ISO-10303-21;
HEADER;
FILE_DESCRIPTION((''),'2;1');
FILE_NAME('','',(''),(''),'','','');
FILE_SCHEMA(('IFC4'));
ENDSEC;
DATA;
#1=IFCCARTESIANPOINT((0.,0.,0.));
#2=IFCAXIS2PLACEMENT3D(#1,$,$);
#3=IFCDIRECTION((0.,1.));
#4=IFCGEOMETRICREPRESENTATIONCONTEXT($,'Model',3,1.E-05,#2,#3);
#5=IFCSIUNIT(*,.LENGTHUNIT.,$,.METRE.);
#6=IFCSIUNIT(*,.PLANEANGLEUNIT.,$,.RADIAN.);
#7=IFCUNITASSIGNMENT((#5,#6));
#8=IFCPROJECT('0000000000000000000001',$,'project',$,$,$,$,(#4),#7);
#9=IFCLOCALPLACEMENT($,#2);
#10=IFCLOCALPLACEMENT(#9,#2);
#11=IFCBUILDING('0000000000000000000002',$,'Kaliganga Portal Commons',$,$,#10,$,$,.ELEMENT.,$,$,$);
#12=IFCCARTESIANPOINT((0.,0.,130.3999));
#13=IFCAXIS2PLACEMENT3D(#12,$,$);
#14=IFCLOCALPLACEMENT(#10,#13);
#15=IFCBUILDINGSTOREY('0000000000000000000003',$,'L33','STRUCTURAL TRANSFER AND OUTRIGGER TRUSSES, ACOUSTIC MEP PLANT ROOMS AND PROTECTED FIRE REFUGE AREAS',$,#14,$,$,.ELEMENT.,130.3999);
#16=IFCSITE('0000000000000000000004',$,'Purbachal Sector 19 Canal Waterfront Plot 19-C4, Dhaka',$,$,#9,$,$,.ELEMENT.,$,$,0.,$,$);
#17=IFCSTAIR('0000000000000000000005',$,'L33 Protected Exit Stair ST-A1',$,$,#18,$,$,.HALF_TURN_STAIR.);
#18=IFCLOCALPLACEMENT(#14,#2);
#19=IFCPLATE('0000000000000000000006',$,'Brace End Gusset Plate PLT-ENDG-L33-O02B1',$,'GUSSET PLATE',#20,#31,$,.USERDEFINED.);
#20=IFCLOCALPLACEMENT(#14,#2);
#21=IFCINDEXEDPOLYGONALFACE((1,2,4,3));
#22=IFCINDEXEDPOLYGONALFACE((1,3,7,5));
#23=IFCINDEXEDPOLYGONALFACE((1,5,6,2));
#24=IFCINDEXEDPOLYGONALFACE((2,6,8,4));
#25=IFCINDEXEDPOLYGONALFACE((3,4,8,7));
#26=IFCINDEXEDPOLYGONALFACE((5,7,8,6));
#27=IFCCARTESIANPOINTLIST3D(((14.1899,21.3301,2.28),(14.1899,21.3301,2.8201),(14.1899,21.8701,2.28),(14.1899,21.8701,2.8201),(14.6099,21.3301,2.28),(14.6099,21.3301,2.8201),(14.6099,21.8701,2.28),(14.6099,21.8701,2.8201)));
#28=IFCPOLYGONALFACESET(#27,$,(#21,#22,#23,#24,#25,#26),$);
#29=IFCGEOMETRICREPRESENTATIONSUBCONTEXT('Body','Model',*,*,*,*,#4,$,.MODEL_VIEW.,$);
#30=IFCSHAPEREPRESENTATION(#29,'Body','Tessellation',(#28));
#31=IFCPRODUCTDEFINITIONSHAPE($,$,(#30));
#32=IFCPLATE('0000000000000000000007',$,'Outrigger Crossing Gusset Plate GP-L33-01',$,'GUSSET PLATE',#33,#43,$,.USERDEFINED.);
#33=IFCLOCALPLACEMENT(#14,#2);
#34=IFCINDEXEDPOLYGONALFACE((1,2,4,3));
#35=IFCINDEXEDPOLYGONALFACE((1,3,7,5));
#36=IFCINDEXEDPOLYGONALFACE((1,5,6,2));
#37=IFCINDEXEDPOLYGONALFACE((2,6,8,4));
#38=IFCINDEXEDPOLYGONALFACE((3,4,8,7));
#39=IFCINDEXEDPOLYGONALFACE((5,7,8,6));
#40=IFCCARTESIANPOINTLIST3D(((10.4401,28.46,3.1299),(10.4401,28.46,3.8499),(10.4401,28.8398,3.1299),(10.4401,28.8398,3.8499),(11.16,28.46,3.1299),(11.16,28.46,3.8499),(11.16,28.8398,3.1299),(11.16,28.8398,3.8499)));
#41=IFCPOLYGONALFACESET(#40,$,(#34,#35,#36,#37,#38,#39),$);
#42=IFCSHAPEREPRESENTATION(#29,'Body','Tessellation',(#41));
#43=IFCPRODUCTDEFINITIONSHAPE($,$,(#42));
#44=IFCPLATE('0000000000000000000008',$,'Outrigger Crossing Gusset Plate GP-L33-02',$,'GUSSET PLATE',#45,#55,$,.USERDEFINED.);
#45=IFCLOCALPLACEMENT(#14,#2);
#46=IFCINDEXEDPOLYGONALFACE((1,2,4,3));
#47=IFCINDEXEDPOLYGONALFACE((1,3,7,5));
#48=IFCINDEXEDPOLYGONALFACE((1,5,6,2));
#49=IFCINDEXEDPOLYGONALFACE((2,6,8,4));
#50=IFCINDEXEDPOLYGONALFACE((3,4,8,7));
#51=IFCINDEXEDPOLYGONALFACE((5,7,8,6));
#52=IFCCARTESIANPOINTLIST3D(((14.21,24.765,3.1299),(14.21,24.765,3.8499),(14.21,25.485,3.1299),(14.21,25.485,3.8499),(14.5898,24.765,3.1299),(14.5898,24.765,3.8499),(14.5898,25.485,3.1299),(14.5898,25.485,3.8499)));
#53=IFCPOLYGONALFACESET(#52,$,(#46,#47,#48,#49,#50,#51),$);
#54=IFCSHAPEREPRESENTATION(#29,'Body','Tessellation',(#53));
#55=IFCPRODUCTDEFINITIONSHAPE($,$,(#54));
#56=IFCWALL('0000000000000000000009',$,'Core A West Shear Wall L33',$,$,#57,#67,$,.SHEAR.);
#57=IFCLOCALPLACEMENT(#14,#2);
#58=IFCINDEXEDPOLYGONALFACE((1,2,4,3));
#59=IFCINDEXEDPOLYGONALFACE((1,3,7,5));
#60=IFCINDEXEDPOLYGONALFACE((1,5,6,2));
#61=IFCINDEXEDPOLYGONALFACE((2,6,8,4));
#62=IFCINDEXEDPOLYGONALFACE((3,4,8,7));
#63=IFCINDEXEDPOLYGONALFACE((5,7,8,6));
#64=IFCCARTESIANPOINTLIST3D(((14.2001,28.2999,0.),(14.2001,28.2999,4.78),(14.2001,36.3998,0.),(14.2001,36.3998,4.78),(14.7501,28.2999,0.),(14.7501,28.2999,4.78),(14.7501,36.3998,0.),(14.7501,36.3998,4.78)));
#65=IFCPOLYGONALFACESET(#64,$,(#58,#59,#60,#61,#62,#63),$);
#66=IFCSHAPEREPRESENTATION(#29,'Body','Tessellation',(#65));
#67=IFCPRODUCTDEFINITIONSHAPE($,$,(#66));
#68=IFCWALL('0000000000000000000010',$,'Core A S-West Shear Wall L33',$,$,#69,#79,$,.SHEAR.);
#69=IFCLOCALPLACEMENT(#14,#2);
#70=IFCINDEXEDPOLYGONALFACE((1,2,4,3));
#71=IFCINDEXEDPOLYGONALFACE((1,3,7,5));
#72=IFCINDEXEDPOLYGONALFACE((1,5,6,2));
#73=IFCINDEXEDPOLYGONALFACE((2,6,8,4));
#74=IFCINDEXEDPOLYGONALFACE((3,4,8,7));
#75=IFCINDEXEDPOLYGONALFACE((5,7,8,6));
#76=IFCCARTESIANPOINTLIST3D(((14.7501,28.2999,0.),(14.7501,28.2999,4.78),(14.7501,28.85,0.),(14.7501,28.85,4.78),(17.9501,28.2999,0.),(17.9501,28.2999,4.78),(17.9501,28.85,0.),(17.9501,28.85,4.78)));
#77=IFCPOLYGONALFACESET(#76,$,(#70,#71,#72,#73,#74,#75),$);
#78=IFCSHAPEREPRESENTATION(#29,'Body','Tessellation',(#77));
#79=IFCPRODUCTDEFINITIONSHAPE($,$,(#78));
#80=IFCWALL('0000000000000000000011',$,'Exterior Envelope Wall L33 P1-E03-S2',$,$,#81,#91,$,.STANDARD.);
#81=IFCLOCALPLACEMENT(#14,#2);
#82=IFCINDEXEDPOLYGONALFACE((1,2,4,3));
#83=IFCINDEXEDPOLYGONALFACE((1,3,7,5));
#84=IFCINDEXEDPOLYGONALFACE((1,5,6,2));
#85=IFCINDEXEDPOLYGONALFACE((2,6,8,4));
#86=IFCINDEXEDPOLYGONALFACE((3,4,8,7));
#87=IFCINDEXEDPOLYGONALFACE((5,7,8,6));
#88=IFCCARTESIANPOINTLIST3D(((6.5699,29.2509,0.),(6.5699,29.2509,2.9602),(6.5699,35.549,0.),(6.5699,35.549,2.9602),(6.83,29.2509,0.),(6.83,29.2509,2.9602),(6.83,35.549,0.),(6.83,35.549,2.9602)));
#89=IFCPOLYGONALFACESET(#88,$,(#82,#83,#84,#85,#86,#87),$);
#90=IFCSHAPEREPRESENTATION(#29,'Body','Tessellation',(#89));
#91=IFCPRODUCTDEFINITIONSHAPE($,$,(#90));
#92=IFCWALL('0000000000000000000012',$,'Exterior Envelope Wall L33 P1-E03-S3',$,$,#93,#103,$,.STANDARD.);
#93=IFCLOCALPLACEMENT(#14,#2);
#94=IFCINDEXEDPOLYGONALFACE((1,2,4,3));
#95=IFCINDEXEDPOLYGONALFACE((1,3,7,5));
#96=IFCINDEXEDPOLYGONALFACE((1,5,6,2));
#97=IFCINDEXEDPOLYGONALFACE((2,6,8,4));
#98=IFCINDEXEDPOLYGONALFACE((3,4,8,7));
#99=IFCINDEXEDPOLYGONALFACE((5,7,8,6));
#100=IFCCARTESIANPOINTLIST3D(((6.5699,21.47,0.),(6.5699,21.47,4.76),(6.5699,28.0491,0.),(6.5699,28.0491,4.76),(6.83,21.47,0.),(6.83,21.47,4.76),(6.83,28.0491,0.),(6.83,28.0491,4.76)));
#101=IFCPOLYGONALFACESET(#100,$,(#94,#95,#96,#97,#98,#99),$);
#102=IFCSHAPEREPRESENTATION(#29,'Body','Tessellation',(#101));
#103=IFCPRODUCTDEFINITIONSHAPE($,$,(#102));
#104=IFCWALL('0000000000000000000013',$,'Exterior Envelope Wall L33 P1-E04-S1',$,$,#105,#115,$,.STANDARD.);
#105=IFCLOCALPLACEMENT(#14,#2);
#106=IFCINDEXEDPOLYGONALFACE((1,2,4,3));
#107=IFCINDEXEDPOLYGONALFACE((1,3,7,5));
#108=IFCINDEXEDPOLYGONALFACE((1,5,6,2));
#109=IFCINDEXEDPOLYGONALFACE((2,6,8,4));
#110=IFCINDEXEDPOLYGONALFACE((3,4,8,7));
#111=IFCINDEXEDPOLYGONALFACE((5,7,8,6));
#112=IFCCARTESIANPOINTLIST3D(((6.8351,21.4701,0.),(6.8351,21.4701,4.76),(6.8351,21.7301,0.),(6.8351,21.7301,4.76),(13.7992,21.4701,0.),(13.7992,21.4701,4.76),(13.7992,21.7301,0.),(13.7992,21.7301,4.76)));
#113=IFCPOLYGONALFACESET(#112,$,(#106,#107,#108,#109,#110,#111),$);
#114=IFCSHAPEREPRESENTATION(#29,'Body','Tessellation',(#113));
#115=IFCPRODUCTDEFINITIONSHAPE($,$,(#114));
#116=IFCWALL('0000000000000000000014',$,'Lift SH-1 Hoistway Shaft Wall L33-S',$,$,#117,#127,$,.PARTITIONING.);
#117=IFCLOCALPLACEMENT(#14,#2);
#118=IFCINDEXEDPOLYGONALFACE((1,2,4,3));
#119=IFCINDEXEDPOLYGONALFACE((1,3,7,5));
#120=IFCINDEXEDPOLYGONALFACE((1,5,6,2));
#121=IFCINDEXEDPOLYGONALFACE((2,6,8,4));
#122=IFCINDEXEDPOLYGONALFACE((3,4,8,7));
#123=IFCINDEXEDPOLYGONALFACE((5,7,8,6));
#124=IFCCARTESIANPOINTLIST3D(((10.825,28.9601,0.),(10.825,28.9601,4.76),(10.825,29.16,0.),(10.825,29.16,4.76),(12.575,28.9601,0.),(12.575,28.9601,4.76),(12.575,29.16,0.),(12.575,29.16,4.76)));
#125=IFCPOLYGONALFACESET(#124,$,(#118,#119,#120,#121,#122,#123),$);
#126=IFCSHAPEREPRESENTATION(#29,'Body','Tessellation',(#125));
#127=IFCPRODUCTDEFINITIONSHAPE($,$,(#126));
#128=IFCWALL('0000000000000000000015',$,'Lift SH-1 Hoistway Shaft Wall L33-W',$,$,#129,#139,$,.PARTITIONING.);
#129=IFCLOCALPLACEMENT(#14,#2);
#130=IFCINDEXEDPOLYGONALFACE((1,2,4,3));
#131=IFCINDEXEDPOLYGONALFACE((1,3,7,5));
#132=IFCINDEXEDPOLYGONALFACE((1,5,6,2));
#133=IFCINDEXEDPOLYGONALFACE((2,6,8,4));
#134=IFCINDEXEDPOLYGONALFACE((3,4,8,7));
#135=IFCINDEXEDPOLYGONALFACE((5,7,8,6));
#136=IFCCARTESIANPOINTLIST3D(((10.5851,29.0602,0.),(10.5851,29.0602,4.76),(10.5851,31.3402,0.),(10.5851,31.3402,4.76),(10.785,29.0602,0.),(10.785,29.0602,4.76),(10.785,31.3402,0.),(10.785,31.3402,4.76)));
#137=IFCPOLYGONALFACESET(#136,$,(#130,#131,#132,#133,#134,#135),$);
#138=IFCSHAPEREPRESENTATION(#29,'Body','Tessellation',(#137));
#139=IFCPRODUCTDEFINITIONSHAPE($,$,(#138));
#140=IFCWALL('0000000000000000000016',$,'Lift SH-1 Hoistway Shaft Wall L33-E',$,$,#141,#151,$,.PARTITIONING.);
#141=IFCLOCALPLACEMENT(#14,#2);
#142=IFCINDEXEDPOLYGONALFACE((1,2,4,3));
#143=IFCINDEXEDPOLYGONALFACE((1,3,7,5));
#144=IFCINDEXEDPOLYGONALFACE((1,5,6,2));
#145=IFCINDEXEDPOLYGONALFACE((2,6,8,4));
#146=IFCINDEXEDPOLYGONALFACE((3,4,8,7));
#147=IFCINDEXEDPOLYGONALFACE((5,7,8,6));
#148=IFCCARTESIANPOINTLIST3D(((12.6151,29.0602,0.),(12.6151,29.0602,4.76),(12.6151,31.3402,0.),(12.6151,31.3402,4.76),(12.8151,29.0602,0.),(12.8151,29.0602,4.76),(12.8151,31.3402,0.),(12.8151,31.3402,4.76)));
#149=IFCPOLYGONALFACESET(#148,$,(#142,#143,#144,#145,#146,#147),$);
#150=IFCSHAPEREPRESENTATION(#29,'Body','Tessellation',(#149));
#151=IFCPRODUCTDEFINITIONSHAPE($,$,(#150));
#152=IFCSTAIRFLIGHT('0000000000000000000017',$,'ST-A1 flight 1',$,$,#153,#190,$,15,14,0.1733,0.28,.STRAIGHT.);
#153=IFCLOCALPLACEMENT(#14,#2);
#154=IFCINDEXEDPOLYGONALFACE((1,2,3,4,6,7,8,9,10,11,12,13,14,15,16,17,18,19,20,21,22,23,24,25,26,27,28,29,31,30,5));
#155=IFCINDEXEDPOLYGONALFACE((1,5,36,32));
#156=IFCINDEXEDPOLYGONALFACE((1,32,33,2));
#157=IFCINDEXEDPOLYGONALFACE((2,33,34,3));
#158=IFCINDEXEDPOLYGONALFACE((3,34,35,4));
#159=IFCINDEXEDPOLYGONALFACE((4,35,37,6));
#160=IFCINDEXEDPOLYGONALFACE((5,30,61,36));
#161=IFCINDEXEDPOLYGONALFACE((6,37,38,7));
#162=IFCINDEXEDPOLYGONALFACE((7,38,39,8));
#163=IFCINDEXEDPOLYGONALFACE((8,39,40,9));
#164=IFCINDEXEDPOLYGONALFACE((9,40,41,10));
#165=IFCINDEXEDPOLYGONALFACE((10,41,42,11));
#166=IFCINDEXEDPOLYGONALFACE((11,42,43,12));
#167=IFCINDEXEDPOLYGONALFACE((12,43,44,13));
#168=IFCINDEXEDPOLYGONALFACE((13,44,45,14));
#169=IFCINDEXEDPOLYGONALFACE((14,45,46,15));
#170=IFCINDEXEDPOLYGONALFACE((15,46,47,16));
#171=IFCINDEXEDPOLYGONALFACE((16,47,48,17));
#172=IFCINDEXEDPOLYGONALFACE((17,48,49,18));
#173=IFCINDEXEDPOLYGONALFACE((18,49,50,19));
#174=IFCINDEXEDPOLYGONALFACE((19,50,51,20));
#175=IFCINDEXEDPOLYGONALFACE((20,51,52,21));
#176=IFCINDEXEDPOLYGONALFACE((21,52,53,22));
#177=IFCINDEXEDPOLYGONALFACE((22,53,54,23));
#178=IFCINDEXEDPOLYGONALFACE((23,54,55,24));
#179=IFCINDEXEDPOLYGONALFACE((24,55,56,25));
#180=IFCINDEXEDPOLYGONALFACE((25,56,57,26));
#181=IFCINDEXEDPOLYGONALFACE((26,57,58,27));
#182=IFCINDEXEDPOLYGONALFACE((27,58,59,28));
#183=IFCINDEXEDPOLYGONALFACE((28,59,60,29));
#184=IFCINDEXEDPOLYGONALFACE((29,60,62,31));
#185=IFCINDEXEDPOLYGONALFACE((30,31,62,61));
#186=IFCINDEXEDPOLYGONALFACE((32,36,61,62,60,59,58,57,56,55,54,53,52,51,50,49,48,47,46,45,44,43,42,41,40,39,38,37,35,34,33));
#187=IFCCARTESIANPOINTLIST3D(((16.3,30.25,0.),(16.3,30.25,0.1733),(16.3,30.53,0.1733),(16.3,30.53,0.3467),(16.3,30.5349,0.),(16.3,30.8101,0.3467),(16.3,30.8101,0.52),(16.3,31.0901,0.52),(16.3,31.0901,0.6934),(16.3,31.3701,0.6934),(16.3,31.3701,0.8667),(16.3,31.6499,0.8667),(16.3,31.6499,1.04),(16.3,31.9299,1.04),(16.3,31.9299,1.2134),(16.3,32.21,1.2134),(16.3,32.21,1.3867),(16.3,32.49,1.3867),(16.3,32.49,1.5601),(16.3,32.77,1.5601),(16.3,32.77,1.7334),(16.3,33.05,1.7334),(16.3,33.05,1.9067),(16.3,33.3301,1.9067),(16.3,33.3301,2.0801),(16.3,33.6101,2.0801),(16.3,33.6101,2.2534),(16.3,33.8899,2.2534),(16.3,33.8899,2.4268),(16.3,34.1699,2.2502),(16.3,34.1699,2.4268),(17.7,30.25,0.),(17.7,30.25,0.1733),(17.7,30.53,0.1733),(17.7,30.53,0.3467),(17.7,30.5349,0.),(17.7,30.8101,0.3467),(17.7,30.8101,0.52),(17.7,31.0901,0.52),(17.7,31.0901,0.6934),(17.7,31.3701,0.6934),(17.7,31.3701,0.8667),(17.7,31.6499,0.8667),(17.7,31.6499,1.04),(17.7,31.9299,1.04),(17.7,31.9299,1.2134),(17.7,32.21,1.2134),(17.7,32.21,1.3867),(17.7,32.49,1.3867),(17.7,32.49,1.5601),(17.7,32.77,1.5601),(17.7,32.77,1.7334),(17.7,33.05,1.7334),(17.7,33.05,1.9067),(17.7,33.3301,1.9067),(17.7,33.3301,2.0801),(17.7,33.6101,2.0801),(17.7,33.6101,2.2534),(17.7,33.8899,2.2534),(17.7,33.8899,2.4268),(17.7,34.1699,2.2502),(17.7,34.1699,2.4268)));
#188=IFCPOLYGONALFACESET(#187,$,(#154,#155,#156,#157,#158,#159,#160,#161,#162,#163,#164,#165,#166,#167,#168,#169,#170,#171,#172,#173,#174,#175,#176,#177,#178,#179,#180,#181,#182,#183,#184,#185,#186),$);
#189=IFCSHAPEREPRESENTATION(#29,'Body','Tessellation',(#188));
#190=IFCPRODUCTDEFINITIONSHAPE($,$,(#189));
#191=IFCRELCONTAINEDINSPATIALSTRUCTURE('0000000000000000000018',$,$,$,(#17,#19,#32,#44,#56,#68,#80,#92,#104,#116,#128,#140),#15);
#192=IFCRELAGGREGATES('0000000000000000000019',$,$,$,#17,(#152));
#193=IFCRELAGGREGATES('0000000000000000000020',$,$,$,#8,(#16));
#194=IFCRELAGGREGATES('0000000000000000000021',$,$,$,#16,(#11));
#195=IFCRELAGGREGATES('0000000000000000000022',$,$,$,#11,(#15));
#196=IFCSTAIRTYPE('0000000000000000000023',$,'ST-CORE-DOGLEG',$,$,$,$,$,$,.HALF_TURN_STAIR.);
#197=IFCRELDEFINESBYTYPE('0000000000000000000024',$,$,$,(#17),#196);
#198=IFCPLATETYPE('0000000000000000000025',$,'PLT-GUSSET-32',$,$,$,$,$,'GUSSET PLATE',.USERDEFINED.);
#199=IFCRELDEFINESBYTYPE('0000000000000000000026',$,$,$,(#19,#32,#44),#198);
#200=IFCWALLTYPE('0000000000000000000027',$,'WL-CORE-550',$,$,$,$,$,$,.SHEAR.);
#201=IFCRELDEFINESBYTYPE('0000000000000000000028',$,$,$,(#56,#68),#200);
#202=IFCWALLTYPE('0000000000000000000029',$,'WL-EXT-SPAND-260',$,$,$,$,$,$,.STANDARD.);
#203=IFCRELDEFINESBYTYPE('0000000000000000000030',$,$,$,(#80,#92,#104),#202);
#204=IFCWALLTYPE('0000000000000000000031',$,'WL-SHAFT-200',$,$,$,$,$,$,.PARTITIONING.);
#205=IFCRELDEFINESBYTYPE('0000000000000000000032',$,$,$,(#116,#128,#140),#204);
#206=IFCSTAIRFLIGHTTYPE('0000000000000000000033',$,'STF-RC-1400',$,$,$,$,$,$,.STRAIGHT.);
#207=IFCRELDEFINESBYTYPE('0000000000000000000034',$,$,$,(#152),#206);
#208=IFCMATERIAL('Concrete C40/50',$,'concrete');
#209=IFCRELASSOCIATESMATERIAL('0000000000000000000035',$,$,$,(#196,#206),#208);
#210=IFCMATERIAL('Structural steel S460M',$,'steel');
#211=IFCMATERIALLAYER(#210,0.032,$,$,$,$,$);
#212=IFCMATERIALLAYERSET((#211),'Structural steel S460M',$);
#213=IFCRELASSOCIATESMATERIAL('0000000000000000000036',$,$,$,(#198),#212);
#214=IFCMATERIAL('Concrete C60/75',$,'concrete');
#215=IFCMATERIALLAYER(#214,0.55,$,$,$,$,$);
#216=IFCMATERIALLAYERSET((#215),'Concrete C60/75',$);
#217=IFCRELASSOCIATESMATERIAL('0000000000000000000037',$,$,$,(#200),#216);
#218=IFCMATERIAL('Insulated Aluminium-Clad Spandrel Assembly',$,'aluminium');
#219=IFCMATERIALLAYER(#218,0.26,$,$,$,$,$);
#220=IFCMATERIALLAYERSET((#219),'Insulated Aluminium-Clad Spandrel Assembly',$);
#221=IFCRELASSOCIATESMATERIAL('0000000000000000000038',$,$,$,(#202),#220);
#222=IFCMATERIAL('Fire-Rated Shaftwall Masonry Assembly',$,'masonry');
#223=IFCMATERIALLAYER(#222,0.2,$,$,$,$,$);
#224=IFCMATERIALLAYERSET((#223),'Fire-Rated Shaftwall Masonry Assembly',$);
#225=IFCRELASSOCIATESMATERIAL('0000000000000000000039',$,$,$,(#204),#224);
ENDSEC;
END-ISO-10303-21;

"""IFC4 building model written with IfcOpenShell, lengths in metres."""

from ifc_helpers import new_model, si_unit, direction, frame, frame_2d, origin, origin_2d, place, context, subcontext, project, spatial, polyline, rectangle, outline, extrude, source, transform, mapped, material, layer, layer_set, type_object, element, aggregate, save


model = new_model("IFC4")

# Units and contexts
model_context = context("Model", 3, precision=1e-05, world=origin(), true_north=direction((0.0, 1.0)))
body_context = subcontext(model_context, "Body", "Model", "MODEL_VIEW")
ifc_project = project(units=[si_unit("LENGTHUNIT", "METRE"), si_unit("PLANEANGLEUNIT", "RADIAN")], contexts=[model_context])

# Site, building, storey
site_placement = place(None, origin())
site = spatial("IfcSite", under=ifc_project, at=site_placement, Name="Purbachal Sector 19 Canal Waterfront Plot 19-C4, Dhaka", CompositionType="ELEMENT", RefElevation=0.0)
building_placement = place(site_placement, origin())
building = spatial("IfcBuilding", under=site, at=building_placement, Name="Kaliganga Portal Commons", CompositionType="ELEMENT")
storey_placement = place(building_placement, frame((0.0, 0.0, 130.3999)))
storey = spatial("IfcBuildingStorey", under=building, at=storey_placement, Name="L33", Description="STRUCTURAL TRANSFER AND OUTRIGGER TRUSSES, ACOUSTIC MEP PLANT ROOMS AND PROTECTED FIRE REFUGE AREAS", CompositionType="ELEMENT", Elevation=130.3999)

# Shared definitions
ifc_material_1 = material(Name="Concrete C60/75", Category="concrete")

# Shared definitions
ifc_material_2 = material(Name="Structural steel S460M", Category="steel")

# Stair
ifc_material_3 = material(Name="Concrete C40/50", Category="concrete")
stair_type = type_object("IfcStairType", Name="ST-CORE-DOGLEG", PredefinedType="HALF_TURN_STAIR", material=ifc_material_3)
stair_1_placement = place(storey_placement, origin())
stair_1 = element("IfcStair", 1, at=stair_1_placement, inside=storey, type_object=stair_type, Name="L33 Protected Exit Stair ST-A1", PredefinedType="HALF_TURN_STAIR")

# Plates
ifc_layer_1 = layer(ifc_material_2, 0.032)
ifc_layer_set_1 = layer_set([ifc_layer_1], Name="Structural steel S460M")
plate_type = type_object("IfcPlateType", Name="PLT-GUSSET-32", ElementType="GUSSET PLATE", PredefinedType="USERDEFINED", material=ifc_layer_set_1)
shared_shape_1 = source(origin(), body_context, "Body", "SweptSolid", [
    extrude(rectangle(XDim=0.54, YDim=0.4199, at=origin_2d()), origin(), (0.0, 0.0, 1.0), 0.54),
])
for number, where, z_axis, x_axis, name in (
    (2, (14.3999, 21.6001, 2.28), (0.0, 0.0, 1.0), (0.0, -1.0, 0.0), "Brace End Gusset Plate PLT-ENDG-L33-O02B1"),
):
    element("IfcPlate", number, at=place(storey_placement, frame(where, z_axis=z_axis, x_axis=x_axis)), inside=storey, type_object=plate_type, Name=name, ObjectType="GUSSET PLATE", PredefinedType="USERDEFINED", context=body_context, shape_type="MappedRepresentation", body=[
        mapped(shared_shape_1, transform((0.0, 0.0, 0.0), x_axis=(1.0, 0.0, 0.0), y_axis=(0.0, 1.0, 0.0), z_axis=(0.0, 0.0, 1.0), scale=1.0)),
    ])
shared_shape_2 = source(origin(), body_context, "Body", "SweptSolid", [
    extrude(rectangle(XDim=0.72, YDim=0.3799, at=origin_2d()), origin(), (0.0, 0.0, 1.0), 0.72),
])
for number, where, z_axis, x_axis, name in (
    (3, (10.8, 28.6499, 3.1299), (0.0, 0.0, 1.0), (-1.0, 0.0, 0.0), "Outrigger Crossing Gusset Plate GP-L33-01"),
    (4, (14.3999, 25.125, 3.1299), (0.0, 0.0, 1.0), (0.0, -1.0, 0.0), "Outrigger Crossing Gusset Plate GP-L33-02"),
):
    element("IfcPlate", number, at=place(storey_placement, frame(where, z_axis=z_axis, x_axis=x_axis)), inside=storey, type_object=plate_type, Name=name, ObjectType="GUSSET PLATE", PredefinedType="USERDEFINED", context=body_context, shape_type="MappedRepresentation", body=[
        mapped(shared_shape_2, transform((0.0, 0.0, 0.0), x_axis=(1.0, 0.0, 0.0), y_axis=(0.0, 1.0, 0.0), z_axis=(0.0, 0.0, 1.0), scale=1.0)),
    ])

# Walls
ifc_layer_2 = layer(ifc_material_1, 0.55)
ifc_layer_set_2 = layer_set([ifc_layer_2], Name="Concrete C60/75")
wall_type_1 = type_object("IfcWallType", Name="WL-CORE-550", PredefinedType="SHEAR", material=ifc_layer_set_2)
wall_1_placement = place(storey_placement, frame((14.4751, 28.3, 0.0), z_axis=(0.0, 0.0, 1.0), x_axis=(0.0, 1.0, 0.0)))
element("IfcWall", 5, at=wall_1_placement, inside=storey, type_object=wall_type_1, Name="Core A West Shear Wall L33", PredefinedType="SHEAR", context=body_context, shape_type="SweptSolid", body=[
    extrude(rectangle(XDim=8.0999, YDim=0.55, at=frame_2d((4.0498, 0.0))), origin(), (0.0, 0.0, 1.0), 4.78),
])
wall_2_placement = place(storey_placement, frame((14.75, 28.575, 0.0), z_axis=(0.0, 0.0, 1.0), x_axis=(1.0, 0.0, 0.0)))
element("IfcWall", 6, at=wall_2_placement, inside=storey, type_object=wall_type_1, Name="Core A S-West Shear Wall L33", PredefinedType="SHEAR", context=body_context, shape_type="SweptSolid", body=[
    extrude(rectangle(XDim=3.2, YDim=0.55, at=frame_2d((1.6001, 0.0))), origin(), (0.0, 0.0, 1.0), 4.78),
])
ifc_material_4 = material(Name="Insulated Aluminium-Clad Spandrel Assembly", Category="aluminium")
ifc_layer_3 = layer(ifc_material_4, 0.26)
ifc_layer_set_3 = layer_set([ifc_layer_3], Name="Insulated Aluminium-Clad Spandrel Assembly")
wall_type_2 = type_object("IfcWallType", Name="WL-EXT-SPAND-260", PredefinedType="STANDARD", material=ifc_layer_set_3)
wall_3_placement = place(storey_placement, frame((6.7, 29.251, 0.0), z_axis=(0.0, 0.0, 1.0), x_axis=(0.0, 1.0, 0.0)))
element("IfcWall", 7, at=wall_3_placement, inside=storey, type_object=wall_type_2, Name="Exterior Envelope Wall L33 P1-E03-S2", PredefinedType="STANDARD", context=body_context, shape_type="SweptSolid", body=[
    extrude(rectangle(XDim=6.2981, YDim=0.26, at=frame_2d((3.1489, 0.0))), origin(), (0.0, 0.0, 1.0), 2.9602),
])
wall_4_placement = place(storey_placement, frame((6.7, 21.47, 0.0), z_axis=(0.0, 0.0, 1.0), x_axis=(0.0, 1.0, 0.0)))
element("IfcWall", 8, at=wall_4_placement, inside=storey, type_object=wall_type_2, Name="Exterior Envelope Wall L33 P1-E03-S3", PredefinedType="STANDARD", context=body_context, shape_type="SweptSolid", body=[
    extrude(rectangle(XDim=6.5791, YDim=0.26, at=frame_2d((3.2896, 0.0))), origin(), (0.0, 0.0, 1.0), 4.76),
])
wall_5_placement = place(storey_placement, frame((13.7991, 21.6001, 0.0), z_axis=(0.0, 0.0, 1.0), x_axis=(-1.0, 0.0, 0.0)))
element("IfcWall", 9, at=wall_5_placement, inside=storey, type_object=wall_type_2, Name="Exterior Envelope Wall L33 P1-E04-S1", PredefinedType="STANDARD", context=body_context, shape_type="SweptSolid", body=[
    extrude(rectangle(XDim=6.9641, YDim=0.26, at=frame_2d((3.4819, 0.0))), origin(), (0.0, 0.0, 1.0), 4.76),
])
ifc_material_5 = material(Name="Fire-Rated Shaftwall Masonry Assembly", Category="masonry")
ifc_layer_4 = layer(ifc_material_5, 0.2)
ifc_layer_set_4 = layer_set([ifc_layer_4], Name="Fire-Rated Shaftwall Masonry Assembly")
wall_type_3 = type_object("IfcWallType", Name="WL-SHAFT-200", PredefinedType="PARTITIONING", material=ifc_layer_set_4)
wall_6_placement = place(storey_placement, frame((10.825, 29.0601, 0.0), z_axis=(0.0, 0.0, 1.0), x_axis=(1.0, 0.0, 0.0)))
element("IfcWall", 10, at=wall_6_placement, inside=storey, type_object=wall_type_3, Name="Lift SH-1 Hoistway Shaft Wall L33-S", PredefinedType="PARTITIONING", context=body_context, shape_type="SweptSolid", body=[
    extrude(rectangle(XDim=1.75, YDim=0.2, at=frame_2d((0.875, 0.0))), origin(), (0.0, 0.0, 1.0), 4.76),
])
for number, where, z_axis, x_axis, name in (
    (11, (10.6851, 29.0601, 0.0), (0.0, 0.0, 1.0), (0.0, 1.0, 0.0), "Lift SH-1 Hoistway Shaft Wall L33-W"),
    (12, (12.7151, 29.0601, 0.0), (0.0, 0.0, 1.0), (0.0, 1.0, 0.0), "Lift SH-1 Hoistway Shaft Wall L33-E"),
):
    element("IfcWall", number, at=place(storey_placement, frame(where, z_axis=z_axis, x_axis=x_axis)), inside=storey, type_object=wall_type_3, Name=name, PredefinedType="PARTITIONING", context=body_context, shape_type="SweptSolid", body=[
        extrude(rectangle(XDim=2.28, YDim=0.2, at=frame_2d((1.1401, 0.0))), origin(), (0.0, 0.0, 1.0), 4.76),
    ])

# Stair flight
stair_flight_type = type_object("IfcStairFlightType", Name="STF-RC-1400", PredefinedType="STRAIGHT", material=ifc_material_3)
stair_flight_placement = place(storey_placement, frame((17.0, 30.25, 0.0), z_axis=(0.0, 0.0, 1.0), x_axis=(0.0, 1.0, 0.0)))
stair_flight = element("IfcStairFlight", 13, at=stair_flight_placement, type_object=stair_flight_type, Name="ST-A1 flight 1", NumberOfRisers=15, NumberOfTreads=14, PredefinedType="STRAIGHT", RiserHeight=0.1733, TreadLength=0.28, context=body_context, shape_type="SweptSolid", body=[
    extrude(outline(polyline([(0.0, 0.0), (0.0, 0.1733), (0.28, 0.1733), (0.28, 0.3467), (0.5601, 0.3467), (0.5601, 0.52), (0.8401, 0.52), (0.8401, 0.6934), (1.1201, 0.6934), (1.1201, 0.8667), (1.3999, 0.8667), (1.3999, 1.04), (1.6799, 1.04), (1.6799, 1.2134), (1.96, 1.2134), (1.96, 1.3867), (2.24, 1.3867), (2.24, 1.5601), (2.52, 1.5601), (2.52, 1.7334), (2.8, 1.7334), (2.8, 1.9067), (3.0801, 1.9067), (3.0801, 2.0801), (3.3601, 2.0801), (3.3601, 2.2534), (3.6399, 2.2534), (3.6399, 2.4268), (3.9199, 2.4268), (3.9199, 2.6001), (3.9199, 2.2502), (0.2849, 0.0), (0.0, 0.0)])), frame((0.0, 0.7, 0.0), z_axis=(0.0, -1.0, 0.0), x_axis=(1.0, 0.0, 0.0)), (0.0, 0.0, 1.0), 1.3999),
])
aggregate(stair_1, [stair_flight])

save(model, "model.ifc")
